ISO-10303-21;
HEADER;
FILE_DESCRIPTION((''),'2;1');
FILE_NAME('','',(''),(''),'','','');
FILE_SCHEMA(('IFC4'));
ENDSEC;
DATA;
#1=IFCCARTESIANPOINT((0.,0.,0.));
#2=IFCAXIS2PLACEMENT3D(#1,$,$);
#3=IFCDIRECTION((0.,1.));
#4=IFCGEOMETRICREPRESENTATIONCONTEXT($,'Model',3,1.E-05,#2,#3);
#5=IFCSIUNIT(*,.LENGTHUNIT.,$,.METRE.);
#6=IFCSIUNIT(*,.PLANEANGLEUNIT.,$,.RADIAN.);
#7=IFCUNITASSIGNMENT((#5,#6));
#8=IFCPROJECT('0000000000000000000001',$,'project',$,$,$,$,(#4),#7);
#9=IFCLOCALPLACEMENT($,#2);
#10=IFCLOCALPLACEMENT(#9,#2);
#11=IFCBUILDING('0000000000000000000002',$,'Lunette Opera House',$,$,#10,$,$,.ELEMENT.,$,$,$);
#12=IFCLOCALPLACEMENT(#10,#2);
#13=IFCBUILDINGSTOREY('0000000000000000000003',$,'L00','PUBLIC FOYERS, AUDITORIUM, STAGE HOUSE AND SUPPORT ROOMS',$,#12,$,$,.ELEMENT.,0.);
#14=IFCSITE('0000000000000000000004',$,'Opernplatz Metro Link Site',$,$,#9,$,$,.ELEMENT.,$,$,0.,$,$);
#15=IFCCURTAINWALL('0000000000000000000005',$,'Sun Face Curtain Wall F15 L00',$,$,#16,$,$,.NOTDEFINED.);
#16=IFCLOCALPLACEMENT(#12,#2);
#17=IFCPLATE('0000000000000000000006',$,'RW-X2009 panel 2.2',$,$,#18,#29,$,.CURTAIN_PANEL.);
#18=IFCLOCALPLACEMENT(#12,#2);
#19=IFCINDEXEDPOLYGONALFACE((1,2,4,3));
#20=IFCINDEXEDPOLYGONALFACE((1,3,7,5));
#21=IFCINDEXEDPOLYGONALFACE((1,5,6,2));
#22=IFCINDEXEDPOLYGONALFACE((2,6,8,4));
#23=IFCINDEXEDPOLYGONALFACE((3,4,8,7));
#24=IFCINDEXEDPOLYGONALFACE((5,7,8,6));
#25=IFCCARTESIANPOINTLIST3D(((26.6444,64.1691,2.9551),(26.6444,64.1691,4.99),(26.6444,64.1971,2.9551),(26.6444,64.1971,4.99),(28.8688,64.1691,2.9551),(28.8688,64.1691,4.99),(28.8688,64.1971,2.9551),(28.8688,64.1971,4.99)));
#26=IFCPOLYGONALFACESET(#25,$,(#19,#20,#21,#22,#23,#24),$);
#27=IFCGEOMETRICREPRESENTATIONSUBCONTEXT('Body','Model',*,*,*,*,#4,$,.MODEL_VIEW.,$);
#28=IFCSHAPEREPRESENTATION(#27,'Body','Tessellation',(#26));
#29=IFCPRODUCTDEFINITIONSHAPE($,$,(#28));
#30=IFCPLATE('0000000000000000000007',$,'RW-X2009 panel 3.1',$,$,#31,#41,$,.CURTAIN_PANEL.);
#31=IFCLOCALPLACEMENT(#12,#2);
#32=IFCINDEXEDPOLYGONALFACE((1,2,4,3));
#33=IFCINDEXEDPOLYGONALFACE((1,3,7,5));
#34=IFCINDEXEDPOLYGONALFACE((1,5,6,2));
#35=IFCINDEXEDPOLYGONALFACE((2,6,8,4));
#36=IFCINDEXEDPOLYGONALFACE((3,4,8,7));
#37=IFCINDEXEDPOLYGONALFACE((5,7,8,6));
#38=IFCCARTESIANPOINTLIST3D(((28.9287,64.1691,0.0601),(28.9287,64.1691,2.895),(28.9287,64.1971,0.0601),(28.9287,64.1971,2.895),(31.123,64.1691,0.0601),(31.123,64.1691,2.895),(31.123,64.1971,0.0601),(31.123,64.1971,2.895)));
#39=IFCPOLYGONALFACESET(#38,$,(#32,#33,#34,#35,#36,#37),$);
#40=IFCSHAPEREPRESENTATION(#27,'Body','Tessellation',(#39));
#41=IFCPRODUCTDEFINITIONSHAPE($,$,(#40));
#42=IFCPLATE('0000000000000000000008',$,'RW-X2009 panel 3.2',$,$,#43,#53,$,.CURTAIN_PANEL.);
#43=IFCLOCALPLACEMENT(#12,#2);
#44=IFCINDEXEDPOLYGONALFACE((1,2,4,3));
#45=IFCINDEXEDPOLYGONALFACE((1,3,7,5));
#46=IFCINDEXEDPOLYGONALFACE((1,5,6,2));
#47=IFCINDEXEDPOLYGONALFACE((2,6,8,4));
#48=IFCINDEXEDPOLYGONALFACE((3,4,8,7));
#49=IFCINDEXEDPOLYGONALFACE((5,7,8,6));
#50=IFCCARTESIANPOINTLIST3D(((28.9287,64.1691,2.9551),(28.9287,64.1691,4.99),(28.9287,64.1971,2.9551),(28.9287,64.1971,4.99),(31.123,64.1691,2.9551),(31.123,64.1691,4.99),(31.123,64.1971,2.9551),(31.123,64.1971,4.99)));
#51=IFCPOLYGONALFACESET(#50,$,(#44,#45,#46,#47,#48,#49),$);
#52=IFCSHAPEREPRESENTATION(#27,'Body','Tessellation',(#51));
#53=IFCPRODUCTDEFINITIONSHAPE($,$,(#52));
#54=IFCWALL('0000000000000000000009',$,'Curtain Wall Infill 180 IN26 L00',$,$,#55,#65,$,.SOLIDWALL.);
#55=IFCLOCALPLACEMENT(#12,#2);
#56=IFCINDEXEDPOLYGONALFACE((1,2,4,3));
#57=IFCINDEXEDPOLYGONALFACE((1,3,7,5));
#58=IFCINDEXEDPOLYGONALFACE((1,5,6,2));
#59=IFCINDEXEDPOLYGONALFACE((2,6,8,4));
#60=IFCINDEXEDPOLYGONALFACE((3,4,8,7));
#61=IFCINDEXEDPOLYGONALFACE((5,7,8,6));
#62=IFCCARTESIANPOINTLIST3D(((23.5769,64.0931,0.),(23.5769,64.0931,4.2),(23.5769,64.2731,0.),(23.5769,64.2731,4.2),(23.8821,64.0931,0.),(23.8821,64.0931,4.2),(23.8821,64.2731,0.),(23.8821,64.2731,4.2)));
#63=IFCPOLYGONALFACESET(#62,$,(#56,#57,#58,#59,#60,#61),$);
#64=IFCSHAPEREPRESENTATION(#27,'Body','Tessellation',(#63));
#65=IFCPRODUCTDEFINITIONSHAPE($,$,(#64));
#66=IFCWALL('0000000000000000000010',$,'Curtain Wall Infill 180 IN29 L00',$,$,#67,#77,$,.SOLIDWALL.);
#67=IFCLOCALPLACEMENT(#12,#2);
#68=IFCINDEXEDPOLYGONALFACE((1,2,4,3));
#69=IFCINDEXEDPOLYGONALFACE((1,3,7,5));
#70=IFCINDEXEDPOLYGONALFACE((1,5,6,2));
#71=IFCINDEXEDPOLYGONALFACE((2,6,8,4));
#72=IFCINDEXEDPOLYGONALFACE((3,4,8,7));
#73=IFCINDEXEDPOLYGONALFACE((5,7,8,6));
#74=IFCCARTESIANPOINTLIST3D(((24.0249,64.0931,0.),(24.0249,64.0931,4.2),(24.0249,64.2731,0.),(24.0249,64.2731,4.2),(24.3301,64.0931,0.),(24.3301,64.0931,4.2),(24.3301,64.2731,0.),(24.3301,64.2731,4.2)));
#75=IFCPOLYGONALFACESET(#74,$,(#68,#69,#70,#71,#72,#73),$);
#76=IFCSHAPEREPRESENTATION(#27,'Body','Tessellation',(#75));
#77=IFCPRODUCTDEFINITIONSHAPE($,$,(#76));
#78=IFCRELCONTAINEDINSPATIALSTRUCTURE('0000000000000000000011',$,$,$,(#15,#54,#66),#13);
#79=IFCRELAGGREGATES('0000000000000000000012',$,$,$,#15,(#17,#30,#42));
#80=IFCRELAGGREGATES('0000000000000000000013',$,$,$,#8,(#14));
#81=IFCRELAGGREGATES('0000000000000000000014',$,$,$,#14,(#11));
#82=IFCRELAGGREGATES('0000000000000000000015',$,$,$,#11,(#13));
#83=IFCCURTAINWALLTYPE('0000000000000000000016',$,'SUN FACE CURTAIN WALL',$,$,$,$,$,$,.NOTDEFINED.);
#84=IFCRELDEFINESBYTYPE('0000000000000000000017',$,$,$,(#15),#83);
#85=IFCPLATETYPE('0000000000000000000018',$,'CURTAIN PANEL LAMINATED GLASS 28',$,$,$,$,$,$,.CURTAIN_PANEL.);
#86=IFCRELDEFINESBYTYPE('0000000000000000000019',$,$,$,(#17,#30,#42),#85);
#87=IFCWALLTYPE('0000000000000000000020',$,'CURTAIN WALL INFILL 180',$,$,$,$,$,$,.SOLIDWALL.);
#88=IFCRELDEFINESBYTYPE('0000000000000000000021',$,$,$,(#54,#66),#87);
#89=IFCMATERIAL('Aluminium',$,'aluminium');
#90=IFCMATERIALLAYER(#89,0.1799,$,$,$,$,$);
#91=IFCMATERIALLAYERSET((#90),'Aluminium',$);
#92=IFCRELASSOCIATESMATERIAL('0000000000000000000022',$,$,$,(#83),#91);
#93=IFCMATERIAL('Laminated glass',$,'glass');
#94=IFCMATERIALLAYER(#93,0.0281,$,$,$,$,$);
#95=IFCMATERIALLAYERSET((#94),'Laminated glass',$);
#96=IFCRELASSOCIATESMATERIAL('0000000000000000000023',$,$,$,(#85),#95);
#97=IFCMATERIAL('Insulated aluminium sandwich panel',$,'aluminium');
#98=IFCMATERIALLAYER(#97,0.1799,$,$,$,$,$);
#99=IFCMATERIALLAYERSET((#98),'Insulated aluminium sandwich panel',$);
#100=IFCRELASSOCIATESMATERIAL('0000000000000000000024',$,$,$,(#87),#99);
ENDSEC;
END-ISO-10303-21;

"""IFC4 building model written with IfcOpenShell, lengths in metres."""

from ifc_helpers import new_model, si_unit, direction, frame, frame_2d, origin, origin_2d, place, context, subcontext, project, spatial, rectangle, extrude, material, layer, layer_set, type_object, element, aggregate, save


model = new_model("IFC4")

# Units and contexts
model_context = context("Model", 3, precision=1e-05, world=origin(), true_north=direction((0.0, 1.0)))
body_context = subcontext(model_context, "Body", "Model", "MODEL_VIEW")
ifc_project = project(units=[si_unit("LENGTHUNIT", "METRE"), si_unit("PLANEANGLEUNIT", "RADIAN")], contexts=[model_context])

# Site, building, storey
site_placement = place(None, origin())
site = spatial("IfcSite", under=ifc_project, at=site_placement, Name="Opernplatz Metro Link Site", CompositionType="ELEMENT", RefElevation=0.0)
building_placement = place(site_placement, origin())
building = spatial("IfcBuilding", under=site, at=building_placement, Name="Lunette Opera House", CompositionType="ELEMENT")
storey_placement = place(building_placement, origin())
storey = spatial("IfcBuildingStorey", under=building, at=storey_placement, Name="L00", Description="PUBLIC FOYERS, AUDITORIUM, STAGE HOUSE AND SUPPORT ROOMS", CompositionType="ELEMENT", Elevation=0.0)

# Curtain wall
ifc_material_1 = material(Name="Aluminium", Category="aluminium")
ifc_layer_1 = layer(ifc_material_1, 0.1799)
ifc_layer_set_1 = layer_set([ifc_layer_1], Name="Aluminium")
curtain_wall_type = type_object("IfcCurtainWallType", Name="SUN FACE CURTAIN WALL", PredefinedType="NOTDEFINED", material=ifc_layer_set_1)
curtain_wall_1_placement = place(storey_placement, origin())
curtain_wall_1 = element("IfcCurtainWall", 1, at=curtain_wall_1_placement, inside=storey, type_object=curtain_wall_type, Name="Sun Face Curtain Wall F15 L00", PredefinedType="NOTDEFINED")

# Plates
ifc_material_2 = material(Name="Laminated glass", Category="glass")
ifc_layer_2 = layer(ifc_material_2, 0.0281)
ifc_layer_set_2 = layer_set([ifc_layer_2], Name="Laminated glass")
plate_type = type_object("IfcPlateType", Name="CURTAIN PANEL LAMINATED GLASS 28", PredefinedType="CURTAIN_PANEL", material=ifc_layer_set_2)
plate_1_placement = place(storey_placement, frame((27.7566, 64.1831, 2.9551), z_axis=(0.0, 0.0, 1.0), x_axis=(1.0, 0.0, 0.0)))
plate_1 = element("IfcPlate", 2, at=plate_1_placement, type_object=plate_type, Name="RW-X2009 panel 2.2", PredefinedType="CURTAIN_PANEL", context=body_context, shape_type="SweptSolid", body=[
    extrude(rectangle(XDim=2.2244, YDim=0.0281, at=origin_2d()), origin(), (0.0, 0.0, 1.0), 2.0349),
])
plate_2_placement = place(storey_placement, frame((30.0259, 64.1831, 0.0601), z_axis=(0.0, 0.0, 1.0), x_axis=(1.0, 0.0, 0.0)))
plate_2 = element("IfcPlate", 3, at=plate_2_placement, type_object=plate_type, Name="RW-X2009 panel 3.1", PredefinedType="CURTAIN_PANEL", context=body_context, shape_type="SweptSolid", body=[
    extrude(rectangle(XDim=2.1943, YDim=0.0281, at=origin_2d()), origin(), (0.0, 0.0, 1.0), 2.835),
])
plate_3_placement = place(storey_placement, frame((30.0259, 64.1831, 2.9551), z_axis=(0.0, 0.0, 1.0), x_axis=(1.0, 0.0, 0.0)))
plate_3 = element("IfcPlate", 4, at=plate_3_placement, type_object=plate_type, Name="RW-X2009 panel 3.2", PredefinedType="CURTAIN_PANEL", context=body_context, shape_type="SweptSolid", body=[
    extrude(rectangle(XDim=2.1943, YDim=0.0281, at=origin_2d()), origin(), (0.0, 0.0, 1.0), 2.0349),
])
aggregate(curtain_wall_1, [plate_1, plate_2, plate_3])

# Walls
ifc_material_3 = material(Name="Insulated aluminium sandwich panel", Category="aluminium")
ifc_layer_3 = layer(ifc_material_3, 0.1799)
ifc_layer_set_3 = layer_set([ifc_layer_3], Name="Insulated aluminium sandwich panel")
wall_type = type_object("IfcWallType", Name="CURTAIN WALL INFILL 180", PredefinedType="SOLIDWALL", material=ifc_layer_set_3)
for number, where, z_axis, x_axis, name in (
    (5, (23.5769, 64.1831, 0.0), (0.0, 0.0, 1.0), (1.0, 0.0, 0.0), "Curtain Wall Infill 180 IN26 L00"),
    (6, (24.3301, 64.1831, 0.0), (0.0, 0.0, 1.0), (-1.0, 0.0, 0.0), "Curtain Wall Infill 180 IN29 L00"),
):
    element("IfcWall", number, at=place(storey_placement, frame(where, z_axis=z_axis, x_axis=x_axis)), inside=storey, type_object=wall_type, Name=name, PredefinedType="SOLIDWALL", context=body_context, shape_type="SweptSolid", body=[
        extrude(rectangle(XDim=0.3052, YDim=0.1799, at=frame_2d((0.1526, 0.0))), origin(), (0.0, 0.0, 1.0), 4.2),
    ])

save(model, "model.ifc")
